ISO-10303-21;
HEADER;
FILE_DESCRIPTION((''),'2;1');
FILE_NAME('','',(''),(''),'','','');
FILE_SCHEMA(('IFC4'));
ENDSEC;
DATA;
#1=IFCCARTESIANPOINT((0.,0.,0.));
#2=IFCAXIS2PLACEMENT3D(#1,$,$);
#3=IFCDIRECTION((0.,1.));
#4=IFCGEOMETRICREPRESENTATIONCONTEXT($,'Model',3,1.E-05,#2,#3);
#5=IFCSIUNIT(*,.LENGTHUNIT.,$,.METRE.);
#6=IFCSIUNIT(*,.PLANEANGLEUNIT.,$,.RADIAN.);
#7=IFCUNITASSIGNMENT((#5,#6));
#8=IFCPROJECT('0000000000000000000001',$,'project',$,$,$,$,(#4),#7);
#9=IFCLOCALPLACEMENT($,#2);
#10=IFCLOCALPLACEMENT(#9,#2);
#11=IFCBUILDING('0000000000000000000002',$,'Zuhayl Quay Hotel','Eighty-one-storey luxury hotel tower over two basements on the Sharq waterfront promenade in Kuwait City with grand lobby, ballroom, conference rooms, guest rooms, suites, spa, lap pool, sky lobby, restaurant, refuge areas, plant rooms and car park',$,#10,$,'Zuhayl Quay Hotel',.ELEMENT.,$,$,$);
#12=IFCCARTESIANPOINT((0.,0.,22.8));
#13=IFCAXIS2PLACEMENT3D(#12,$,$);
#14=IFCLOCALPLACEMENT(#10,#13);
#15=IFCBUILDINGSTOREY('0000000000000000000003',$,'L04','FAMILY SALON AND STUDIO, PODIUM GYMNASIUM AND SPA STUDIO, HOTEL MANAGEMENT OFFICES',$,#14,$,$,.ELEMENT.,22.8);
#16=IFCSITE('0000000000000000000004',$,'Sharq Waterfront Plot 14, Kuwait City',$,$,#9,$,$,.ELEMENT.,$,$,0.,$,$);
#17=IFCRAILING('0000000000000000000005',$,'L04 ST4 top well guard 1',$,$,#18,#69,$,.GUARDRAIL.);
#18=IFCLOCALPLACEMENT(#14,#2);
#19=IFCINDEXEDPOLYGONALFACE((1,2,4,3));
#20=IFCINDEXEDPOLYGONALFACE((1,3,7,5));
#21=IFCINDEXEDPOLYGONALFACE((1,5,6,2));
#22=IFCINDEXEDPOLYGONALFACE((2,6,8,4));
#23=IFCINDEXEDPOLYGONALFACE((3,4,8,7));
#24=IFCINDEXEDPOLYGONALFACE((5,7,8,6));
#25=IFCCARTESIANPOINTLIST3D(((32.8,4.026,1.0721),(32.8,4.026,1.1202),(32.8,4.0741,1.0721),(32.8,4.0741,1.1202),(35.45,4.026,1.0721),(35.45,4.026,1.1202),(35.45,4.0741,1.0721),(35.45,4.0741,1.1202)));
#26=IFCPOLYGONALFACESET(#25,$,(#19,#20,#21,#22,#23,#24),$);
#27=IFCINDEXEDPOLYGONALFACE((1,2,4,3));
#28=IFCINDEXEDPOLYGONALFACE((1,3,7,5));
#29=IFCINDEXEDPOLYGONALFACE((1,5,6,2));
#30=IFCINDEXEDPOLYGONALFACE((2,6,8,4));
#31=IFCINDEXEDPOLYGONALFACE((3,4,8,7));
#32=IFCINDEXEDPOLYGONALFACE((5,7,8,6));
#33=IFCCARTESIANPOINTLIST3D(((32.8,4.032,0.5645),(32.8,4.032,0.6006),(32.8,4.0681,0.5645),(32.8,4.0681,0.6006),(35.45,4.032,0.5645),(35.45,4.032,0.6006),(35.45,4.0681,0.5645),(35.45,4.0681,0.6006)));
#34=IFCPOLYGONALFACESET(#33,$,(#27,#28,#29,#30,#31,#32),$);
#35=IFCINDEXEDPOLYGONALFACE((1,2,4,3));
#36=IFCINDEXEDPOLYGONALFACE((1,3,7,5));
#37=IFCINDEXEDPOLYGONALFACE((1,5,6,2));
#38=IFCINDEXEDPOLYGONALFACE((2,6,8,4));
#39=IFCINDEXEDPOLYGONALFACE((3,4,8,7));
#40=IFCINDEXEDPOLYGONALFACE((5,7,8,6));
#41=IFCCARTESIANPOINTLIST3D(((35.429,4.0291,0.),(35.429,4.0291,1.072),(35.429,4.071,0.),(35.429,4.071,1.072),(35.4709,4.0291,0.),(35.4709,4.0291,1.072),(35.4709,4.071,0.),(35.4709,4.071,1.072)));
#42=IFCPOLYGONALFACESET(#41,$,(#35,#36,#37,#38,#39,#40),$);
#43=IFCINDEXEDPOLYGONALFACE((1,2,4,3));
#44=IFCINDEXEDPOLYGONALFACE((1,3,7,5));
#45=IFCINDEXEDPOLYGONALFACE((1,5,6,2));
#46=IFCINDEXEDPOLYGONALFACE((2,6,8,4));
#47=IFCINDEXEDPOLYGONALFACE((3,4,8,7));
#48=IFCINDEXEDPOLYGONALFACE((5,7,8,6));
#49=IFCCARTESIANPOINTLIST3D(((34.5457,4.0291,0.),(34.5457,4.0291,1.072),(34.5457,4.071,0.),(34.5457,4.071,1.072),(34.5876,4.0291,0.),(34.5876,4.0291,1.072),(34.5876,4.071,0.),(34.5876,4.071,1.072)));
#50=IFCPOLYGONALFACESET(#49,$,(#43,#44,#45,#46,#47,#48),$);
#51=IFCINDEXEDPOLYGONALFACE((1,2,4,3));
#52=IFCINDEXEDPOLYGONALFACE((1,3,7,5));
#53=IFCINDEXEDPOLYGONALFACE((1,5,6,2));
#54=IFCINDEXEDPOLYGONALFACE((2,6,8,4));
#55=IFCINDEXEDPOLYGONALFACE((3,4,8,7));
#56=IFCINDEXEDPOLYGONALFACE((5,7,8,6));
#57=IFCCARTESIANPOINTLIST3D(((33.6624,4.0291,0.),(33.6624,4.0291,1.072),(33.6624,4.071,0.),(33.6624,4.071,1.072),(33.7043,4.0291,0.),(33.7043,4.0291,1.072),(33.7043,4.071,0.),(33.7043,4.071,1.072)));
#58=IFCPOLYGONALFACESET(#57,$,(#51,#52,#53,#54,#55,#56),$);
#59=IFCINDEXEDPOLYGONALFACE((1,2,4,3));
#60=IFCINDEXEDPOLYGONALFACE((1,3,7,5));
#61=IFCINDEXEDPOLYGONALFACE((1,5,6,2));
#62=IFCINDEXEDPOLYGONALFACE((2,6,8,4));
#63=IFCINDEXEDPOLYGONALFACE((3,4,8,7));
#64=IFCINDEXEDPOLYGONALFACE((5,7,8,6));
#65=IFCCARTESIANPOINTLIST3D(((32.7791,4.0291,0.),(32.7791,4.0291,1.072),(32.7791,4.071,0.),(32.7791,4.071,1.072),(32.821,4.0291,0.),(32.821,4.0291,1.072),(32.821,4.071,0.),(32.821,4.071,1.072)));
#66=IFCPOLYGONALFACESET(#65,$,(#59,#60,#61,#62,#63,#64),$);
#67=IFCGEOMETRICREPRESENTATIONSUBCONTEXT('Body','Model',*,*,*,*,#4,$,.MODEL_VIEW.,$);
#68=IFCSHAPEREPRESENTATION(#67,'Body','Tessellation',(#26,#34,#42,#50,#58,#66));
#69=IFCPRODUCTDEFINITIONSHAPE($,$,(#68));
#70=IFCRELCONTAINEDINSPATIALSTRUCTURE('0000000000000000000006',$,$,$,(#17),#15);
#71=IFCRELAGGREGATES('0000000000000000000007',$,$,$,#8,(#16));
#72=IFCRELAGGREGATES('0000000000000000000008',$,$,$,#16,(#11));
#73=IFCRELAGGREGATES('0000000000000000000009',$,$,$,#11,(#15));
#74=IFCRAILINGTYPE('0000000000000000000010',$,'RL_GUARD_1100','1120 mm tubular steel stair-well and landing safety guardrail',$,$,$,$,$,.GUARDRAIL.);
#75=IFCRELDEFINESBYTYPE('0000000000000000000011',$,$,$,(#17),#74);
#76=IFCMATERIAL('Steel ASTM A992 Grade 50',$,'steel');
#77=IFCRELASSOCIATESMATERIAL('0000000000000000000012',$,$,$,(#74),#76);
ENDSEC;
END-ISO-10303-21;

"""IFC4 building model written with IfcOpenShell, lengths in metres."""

from ifc_helpers import new_model, si_unit, direction, frame, origin, origin_2d, place, context, subcontext, project, spatial, rectangle, extrude, material, type_object, element, save


model = new_model("IFC4")

# Units and contexts
model_context = context("Model", 3, precision=1e-05, world=origin(), true_north=direction((0.0, 1.0)))
body_context = subcontext(model_context, "Body", "Model", "MODEL_VIEW")
ifc_project = project(units=[si_unit("LENGTHUNIT", "METRE"), si_unit("PLANEANGLEUNIT", "RADIAN")], contexts=[model_context])

# Site, building, storey
site_placement = place(None, origin())
site = spatial("IfcSite", under=ifc_project, at=site_placement, Name="Sharq Waterfront Plot 14, Kuwait City", CompositionType="ELEMENT", RefElevation=0.0)
building_placement = place(site_placement, origin())
building = spatial("IfcBuilding", under=site, at=building_placement, Name="Zuhayl Quay Hotel", Description="Eighty-one-storey luxury hotel tower over two basements on the Sharq waterfront promenade in Kuwait City with grand lobby, ballroom, conference rooms, guest rooms, suites, spa, lap pool, sky lobby, restaurant, refuge areas, plant rooms and car park", LongName="Zuhayl Quay Hotel", CompositionType="ELEMENT")
storey_placement = place(building_placement, frame((0.0, 0.0, 22.8)))
storey = spatial("IfcBuildingStorey", under=building, at=storey_placement, Name="L04", Description="FAMILY SALON AND STUDIO, PODIUM GYMNASIUM AND SPA STUDIO, HOTEL MANAGEMENT OFFICES", CompositionType="ELEMENT", Elevation=22.8)

# Railing
ifc_material_1 = material(Name="Steel ASTM A992 Grade 50", Category="steel")
railing_type = type_object("IfcRailingType", Name="RL_GUARD_1100", Description="1120 mm tubular steel stair-well and landing safety guardrail", PredefinedType="GUARDRAIL", material=ifc_material_1)
railing_placement = place(storey_placement, frame((35.45, 4.05, 0.0)))
element("IfcRailing", 1, at=railing_placement, inside=storey, type_object=railing_type, Name="L04 ST4 top well guard 1", PredefinedType="GUARDRAIL", context=body_context, shape_type="SweptSolid", body=[
    extrude(rectangle(XDim=0.0481, YDim=0.0481, at=origin_2d()), frame((0.0, 0.0, 1.0962), z_axis=(-1.0, 0.0, 0.0), x_axis=(0.0, -1.0, 0.0)), (0.0, 0.0, 1.0), 2.6499),
    extrude(rectangle(XDim=0.0361, YDim=0.0361, at=origin_2d()), frame((0.0, 0.0, 0.5825), z_axis=(-1.0, 0.0, 0.0), x_axis=(0.0, -1.0, 0.0)), (0.0, 0.0, 1.0), 2.6499),
    extrude(rectangle(XDim=0.042, YDim=0.042, at=origin_2d()), origin(), (0.0, 0.0, 1.0), 1.072),
    extrude(rectangle(XDim=0.042, YDim=0.042, at=origin_2d()), frame((-0.8833, 0.0, 0.0)), (0.0, 0.0, 1.0), 1.072),
    extrude(rectangle(XDim=0.042, YDim=0.042, at=origin_2d()), frame((-1.7666, 0.0, 0.0)), (0.0, 0.0, 1.0), 1.072),
    extrude(rectangle(XDim=0.042, YDim=0.042, at=origin_2d()), frame((-2.6499, 0.0, 0.0)), (0.0, 0.0, 1.0), 1.072),
])

save(model, "model.ifc")
